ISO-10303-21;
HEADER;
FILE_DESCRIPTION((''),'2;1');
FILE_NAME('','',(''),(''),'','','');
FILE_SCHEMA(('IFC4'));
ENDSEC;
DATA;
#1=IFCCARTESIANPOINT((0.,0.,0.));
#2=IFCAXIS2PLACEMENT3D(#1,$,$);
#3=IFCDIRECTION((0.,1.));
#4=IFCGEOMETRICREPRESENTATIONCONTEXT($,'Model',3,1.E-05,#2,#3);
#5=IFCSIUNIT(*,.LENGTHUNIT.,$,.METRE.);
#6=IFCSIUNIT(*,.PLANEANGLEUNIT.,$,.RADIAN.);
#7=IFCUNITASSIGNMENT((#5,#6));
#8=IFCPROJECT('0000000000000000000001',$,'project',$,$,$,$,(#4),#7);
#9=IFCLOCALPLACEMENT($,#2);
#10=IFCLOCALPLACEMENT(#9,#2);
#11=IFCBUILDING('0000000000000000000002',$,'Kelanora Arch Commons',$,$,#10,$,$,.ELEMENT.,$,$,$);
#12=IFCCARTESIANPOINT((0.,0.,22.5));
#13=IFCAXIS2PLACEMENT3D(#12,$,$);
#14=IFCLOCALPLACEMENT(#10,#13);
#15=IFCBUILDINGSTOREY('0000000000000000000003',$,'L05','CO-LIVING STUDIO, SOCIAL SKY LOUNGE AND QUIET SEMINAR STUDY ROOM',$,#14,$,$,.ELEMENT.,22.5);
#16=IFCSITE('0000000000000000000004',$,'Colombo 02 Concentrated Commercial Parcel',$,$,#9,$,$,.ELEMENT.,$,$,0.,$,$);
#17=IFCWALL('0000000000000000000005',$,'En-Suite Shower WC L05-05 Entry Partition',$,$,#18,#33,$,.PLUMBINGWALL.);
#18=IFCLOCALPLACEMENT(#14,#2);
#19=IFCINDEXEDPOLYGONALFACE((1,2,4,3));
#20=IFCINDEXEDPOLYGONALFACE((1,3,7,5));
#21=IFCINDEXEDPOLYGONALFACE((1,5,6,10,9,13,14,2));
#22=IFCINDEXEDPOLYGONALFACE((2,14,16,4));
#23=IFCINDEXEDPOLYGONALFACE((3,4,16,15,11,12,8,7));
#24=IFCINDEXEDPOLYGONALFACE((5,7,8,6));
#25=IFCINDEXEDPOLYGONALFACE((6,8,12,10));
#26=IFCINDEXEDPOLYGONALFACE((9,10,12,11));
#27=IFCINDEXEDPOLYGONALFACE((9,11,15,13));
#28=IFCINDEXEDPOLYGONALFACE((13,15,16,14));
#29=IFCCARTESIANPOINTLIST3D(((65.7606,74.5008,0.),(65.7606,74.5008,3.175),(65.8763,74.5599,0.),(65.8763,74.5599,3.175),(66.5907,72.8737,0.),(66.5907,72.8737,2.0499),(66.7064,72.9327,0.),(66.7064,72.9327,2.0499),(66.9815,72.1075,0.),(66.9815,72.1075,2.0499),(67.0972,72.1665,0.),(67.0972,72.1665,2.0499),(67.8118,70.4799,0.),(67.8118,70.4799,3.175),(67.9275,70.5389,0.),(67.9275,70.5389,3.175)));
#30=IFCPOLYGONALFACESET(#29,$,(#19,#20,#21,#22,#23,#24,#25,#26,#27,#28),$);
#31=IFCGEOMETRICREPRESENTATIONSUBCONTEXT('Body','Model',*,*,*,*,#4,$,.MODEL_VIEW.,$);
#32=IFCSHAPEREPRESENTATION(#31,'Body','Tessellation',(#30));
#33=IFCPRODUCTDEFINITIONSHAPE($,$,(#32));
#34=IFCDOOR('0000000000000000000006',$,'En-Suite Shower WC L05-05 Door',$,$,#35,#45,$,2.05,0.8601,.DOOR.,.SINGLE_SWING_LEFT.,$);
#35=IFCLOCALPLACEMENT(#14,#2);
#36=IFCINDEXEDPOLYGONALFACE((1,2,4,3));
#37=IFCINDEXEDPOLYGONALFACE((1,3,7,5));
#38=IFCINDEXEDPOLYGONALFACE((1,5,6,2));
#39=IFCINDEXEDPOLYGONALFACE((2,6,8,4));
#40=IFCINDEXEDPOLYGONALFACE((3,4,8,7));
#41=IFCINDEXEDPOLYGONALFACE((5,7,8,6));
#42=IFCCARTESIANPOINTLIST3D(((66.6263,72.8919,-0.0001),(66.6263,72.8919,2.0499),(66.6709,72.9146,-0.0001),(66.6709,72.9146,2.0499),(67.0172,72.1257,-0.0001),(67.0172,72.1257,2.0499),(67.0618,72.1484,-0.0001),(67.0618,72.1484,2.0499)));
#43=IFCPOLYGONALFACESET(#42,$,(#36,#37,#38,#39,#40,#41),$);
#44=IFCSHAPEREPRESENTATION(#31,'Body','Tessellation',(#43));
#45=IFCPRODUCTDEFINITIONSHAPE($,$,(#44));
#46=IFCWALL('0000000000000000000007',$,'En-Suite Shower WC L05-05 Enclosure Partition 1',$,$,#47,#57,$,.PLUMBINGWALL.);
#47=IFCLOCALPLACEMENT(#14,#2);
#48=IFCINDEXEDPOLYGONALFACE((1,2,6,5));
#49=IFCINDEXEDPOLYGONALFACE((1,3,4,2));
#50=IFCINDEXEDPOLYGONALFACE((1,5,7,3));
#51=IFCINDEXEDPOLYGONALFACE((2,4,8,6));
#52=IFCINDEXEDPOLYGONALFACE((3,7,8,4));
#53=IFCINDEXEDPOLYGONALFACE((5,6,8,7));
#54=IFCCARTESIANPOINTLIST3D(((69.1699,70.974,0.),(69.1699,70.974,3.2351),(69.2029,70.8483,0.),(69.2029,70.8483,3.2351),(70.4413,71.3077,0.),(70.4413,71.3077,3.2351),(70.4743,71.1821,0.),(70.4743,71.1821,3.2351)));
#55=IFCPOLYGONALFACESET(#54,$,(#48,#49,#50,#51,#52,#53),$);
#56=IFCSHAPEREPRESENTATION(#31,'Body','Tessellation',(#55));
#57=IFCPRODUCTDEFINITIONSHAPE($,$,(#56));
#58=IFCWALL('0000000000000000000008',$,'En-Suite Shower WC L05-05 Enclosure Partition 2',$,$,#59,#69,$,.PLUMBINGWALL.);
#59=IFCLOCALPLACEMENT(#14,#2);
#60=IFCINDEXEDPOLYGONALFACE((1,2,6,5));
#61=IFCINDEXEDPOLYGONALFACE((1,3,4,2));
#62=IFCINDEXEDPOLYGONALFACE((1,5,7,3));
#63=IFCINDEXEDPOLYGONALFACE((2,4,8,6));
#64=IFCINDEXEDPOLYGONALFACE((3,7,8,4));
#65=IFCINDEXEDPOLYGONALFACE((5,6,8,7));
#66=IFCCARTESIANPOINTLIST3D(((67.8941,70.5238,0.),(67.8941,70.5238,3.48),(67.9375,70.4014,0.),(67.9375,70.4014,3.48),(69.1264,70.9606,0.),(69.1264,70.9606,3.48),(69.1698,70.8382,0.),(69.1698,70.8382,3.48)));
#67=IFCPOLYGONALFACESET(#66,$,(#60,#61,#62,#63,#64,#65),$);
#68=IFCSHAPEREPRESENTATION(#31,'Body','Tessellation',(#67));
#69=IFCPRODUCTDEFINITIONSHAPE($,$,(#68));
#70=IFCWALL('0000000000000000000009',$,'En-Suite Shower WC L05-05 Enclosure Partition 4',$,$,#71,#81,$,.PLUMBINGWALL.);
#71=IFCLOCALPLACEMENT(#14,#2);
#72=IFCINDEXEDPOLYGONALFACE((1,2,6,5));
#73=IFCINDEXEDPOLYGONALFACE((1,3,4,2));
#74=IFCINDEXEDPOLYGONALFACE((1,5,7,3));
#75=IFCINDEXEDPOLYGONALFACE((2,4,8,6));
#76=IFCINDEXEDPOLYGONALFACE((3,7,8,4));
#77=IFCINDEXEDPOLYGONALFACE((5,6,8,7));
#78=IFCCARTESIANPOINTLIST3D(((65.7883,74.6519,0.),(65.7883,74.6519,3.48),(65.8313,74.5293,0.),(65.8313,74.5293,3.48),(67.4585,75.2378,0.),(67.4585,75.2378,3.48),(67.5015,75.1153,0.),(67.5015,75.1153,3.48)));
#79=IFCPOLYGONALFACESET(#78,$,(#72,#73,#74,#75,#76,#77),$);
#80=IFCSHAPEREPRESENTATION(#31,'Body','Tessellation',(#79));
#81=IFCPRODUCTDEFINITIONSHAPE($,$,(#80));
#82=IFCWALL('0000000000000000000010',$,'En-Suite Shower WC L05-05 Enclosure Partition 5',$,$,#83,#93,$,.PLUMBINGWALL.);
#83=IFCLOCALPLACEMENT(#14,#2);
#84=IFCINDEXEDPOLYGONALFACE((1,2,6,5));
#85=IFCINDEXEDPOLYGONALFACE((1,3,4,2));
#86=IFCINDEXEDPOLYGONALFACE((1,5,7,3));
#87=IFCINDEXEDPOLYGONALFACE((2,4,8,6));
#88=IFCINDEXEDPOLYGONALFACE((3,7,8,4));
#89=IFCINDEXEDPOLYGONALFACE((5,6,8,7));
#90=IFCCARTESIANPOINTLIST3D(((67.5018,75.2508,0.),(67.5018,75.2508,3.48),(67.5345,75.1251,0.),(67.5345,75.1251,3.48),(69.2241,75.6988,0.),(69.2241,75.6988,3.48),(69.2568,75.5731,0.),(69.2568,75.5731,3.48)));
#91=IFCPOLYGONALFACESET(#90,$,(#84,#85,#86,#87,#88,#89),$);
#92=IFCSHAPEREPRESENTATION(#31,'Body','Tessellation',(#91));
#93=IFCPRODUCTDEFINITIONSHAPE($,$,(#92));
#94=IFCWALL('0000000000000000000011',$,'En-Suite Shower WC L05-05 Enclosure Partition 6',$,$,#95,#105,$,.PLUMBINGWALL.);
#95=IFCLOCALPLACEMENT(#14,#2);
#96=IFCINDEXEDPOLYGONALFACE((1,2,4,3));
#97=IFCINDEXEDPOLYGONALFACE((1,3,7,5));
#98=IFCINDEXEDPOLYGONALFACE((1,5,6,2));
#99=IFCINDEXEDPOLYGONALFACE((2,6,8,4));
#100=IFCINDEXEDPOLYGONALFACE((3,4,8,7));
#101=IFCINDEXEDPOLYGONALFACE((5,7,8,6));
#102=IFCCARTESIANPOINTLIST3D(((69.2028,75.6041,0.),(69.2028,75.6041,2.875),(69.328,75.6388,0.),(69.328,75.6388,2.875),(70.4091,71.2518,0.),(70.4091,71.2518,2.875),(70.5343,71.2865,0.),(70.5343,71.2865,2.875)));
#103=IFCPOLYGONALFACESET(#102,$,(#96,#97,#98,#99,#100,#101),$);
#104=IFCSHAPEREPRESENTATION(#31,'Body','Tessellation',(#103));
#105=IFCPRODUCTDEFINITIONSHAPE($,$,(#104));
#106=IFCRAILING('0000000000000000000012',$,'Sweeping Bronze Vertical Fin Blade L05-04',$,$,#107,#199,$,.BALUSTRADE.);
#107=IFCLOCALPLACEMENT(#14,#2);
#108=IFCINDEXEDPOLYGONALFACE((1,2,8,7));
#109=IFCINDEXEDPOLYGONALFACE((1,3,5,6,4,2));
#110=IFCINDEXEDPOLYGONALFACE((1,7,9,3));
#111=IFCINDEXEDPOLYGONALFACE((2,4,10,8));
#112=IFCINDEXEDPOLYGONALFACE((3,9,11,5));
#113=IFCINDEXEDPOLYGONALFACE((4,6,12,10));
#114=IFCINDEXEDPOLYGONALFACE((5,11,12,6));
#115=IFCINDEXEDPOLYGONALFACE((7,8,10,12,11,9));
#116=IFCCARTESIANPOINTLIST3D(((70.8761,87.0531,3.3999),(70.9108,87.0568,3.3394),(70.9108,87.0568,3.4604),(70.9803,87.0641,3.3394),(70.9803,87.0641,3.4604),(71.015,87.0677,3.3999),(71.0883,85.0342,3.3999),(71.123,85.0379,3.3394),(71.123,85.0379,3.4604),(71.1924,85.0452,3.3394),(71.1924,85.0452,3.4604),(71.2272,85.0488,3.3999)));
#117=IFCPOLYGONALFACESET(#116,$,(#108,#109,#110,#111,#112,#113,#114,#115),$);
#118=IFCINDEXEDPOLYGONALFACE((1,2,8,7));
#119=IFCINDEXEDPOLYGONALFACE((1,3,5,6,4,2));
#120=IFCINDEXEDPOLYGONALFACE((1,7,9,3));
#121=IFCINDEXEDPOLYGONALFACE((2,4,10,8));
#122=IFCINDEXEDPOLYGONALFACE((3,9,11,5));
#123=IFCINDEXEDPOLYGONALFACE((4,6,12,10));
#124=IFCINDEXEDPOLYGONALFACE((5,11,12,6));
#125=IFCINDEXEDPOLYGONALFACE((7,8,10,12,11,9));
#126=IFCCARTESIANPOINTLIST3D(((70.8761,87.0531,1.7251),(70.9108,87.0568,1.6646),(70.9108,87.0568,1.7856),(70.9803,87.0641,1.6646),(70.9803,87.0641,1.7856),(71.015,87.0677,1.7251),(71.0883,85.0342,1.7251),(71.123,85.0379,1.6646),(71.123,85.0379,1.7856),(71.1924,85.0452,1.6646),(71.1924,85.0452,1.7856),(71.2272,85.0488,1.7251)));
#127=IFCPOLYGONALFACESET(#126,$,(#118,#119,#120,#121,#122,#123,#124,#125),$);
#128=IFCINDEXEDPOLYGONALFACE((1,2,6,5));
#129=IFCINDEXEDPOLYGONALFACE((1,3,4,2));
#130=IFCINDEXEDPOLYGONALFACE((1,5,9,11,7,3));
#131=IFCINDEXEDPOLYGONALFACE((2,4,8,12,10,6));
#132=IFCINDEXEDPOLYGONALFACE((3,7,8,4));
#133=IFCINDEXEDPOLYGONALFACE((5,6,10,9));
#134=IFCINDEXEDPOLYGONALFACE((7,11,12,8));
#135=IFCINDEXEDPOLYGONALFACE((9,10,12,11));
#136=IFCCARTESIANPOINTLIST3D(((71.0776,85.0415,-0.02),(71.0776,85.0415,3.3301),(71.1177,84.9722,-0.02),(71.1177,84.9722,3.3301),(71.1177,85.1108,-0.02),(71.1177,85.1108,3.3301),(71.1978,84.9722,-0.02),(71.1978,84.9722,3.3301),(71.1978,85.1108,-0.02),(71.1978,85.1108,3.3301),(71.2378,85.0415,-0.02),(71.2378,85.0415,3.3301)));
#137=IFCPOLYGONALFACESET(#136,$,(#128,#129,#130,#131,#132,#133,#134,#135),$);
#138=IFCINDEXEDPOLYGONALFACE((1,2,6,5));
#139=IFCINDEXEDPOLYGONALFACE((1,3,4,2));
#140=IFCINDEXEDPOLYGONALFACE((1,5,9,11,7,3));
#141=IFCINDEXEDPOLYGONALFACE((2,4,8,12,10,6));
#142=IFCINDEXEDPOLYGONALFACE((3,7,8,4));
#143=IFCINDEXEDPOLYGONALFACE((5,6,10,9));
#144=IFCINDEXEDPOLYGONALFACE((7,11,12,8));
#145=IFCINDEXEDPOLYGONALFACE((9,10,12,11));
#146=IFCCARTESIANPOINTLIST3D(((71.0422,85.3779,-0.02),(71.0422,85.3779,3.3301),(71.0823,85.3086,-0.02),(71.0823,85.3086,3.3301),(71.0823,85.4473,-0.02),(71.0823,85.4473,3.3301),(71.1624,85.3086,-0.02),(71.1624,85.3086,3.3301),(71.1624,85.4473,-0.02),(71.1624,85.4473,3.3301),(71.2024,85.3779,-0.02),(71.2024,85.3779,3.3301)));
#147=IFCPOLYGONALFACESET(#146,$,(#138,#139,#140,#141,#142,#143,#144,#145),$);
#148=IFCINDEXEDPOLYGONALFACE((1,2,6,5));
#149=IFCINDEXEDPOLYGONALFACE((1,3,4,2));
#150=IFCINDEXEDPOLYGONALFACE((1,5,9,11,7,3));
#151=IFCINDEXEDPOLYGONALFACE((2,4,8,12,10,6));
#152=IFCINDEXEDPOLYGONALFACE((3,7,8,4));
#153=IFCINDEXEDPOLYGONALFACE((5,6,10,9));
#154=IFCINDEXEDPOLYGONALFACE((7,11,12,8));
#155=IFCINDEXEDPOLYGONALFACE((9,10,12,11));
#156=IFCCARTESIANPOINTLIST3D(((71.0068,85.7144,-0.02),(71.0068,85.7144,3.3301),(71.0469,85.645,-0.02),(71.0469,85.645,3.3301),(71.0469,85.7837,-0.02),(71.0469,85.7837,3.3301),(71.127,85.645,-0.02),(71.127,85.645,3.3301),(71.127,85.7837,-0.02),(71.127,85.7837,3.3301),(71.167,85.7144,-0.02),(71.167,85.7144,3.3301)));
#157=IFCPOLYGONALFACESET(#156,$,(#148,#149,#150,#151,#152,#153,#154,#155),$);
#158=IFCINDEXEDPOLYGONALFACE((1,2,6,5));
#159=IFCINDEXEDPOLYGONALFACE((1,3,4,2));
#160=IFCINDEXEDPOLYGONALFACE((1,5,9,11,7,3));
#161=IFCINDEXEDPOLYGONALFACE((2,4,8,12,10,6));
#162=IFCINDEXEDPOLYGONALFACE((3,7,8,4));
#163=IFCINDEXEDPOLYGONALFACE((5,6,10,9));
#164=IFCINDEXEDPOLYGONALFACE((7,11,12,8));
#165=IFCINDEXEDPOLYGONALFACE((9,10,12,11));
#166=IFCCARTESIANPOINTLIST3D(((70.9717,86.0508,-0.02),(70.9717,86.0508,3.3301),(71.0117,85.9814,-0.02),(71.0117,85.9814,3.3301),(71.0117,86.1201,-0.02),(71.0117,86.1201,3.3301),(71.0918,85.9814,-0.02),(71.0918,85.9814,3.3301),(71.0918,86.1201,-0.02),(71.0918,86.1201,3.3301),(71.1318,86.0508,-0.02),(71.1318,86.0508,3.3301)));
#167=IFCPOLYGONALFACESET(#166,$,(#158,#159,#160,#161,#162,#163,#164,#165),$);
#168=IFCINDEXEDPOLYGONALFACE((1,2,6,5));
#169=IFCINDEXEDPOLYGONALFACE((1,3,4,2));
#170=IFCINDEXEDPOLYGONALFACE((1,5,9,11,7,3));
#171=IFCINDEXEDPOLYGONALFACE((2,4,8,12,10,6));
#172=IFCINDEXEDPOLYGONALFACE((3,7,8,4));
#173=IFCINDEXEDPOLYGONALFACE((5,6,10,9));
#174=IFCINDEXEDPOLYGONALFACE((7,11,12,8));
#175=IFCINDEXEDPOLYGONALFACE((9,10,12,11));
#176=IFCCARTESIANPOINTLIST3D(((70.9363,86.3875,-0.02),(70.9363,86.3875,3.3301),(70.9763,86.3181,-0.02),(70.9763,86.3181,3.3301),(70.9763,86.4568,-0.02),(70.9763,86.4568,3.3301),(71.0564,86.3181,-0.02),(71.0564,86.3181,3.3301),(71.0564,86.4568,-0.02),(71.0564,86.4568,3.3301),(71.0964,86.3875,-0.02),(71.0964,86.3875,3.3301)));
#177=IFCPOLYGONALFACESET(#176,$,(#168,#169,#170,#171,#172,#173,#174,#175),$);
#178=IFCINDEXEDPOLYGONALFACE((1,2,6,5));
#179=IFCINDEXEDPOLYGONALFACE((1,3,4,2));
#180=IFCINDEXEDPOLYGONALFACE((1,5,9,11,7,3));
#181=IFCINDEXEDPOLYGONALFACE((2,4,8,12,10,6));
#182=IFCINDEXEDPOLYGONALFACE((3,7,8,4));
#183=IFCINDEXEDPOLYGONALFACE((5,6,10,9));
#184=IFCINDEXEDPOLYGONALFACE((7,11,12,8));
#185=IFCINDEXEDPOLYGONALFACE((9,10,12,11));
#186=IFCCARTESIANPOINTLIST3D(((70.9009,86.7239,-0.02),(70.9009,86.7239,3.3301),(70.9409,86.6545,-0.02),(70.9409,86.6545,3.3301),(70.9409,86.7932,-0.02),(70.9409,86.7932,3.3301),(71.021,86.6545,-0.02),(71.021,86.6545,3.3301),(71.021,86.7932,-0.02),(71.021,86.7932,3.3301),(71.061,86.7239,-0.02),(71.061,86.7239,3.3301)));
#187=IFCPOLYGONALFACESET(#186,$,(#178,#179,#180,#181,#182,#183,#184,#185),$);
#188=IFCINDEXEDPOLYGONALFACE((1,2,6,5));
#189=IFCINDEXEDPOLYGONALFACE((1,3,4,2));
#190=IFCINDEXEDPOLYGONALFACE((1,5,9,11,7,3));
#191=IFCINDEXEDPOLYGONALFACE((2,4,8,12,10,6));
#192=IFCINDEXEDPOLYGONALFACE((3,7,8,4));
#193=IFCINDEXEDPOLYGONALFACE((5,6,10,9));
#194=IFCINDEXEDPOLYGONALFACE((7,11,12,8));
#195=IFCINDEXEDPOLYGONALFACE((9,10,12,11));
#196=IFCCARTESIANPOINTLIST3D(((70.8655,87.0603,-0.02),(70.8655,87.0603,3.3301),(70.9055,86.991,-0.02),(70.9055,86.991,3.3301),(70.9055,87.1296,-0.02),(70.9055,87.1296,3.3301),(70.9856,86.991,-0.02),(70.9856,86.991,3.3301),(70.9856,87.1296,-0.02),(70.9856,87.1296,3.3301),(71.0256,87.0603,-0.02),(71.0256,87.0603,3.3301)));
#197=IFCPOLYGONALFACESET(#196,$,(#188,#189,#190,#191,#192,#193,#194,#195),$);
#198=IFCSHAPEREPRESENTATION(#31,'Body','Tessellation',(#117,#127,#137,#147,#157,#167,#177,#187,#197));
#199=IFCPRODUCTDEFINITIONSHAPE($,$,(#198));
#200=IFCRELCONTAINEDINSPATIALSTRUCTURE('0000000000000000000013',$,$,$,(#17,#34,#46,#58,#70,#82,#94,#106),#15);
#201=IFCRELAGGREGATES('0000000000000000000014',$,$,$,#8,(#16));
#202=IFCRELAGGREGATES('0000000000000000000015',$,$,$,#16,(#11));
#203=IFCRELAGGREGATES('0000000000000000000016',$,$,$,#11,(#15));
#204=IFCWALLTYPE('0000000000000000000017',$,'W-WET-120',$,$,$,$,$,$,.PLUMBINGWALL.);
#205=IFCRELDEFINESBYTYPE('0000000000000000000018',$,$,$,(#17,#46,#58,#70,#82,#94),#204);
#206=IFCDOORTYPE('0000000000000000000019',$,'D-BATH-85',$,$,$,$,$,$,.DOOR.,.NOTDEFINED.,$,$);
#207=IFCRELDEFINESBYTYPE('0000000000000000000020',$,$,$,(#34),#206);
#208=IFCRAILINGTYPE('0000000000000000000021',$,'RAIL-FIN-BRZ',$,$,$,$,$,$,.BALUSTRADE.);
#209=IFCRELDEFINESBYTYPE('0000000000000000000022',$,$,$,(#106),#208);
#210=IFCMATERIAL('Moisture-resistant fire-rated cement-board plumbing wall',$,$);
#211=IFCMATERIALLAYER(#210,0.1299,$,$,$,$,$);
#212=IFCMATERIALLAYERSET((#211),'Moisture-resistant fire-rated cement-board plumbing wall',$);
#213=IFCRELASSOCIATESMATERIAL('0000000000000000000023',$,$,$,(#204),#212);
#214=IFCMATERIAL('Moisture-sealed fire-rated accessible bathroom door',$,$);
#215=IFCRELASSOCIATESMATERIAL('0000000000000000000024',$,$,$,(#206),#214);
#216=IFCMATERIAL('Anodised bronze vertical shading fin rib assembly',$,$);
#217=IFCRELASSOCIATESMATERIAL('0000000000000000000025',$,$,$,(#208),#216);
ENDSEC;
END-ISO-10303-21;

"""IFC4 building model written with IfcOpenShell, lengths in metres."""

from ifc_helpers import new_model, si_unit, direction, frame, frame_2d, origin, place, context, subcontext, project, spatial, polyline, rectangle, outline, extrude, material, layer, layer_set, type_object, element, fill, save


model = new_model("IFC4")

# Units and contexts
model_context = context("Model", 3, precision=1e-05, world=origin(), true_north=direction((0.0, 1.0)))
body_context = subcontext(model_context, "Body", "Model", "MODEL_VIEW")
ifc_project = project(units=[si_unit("LENGTHUNIT", "METRE"), si_unit("PLANEANGLEUNIT", "RADIAN")], contexts=[model_context])

# Site, building, storey
site_placement = place(None, origin())
site = spatial("IfcSite", under=ifc_project, at=site_placement, Name="Colombo 02 Concentrated Commercial Parcel", CompositionType="ELEMENT", RefElevation=0.0)
building_placement = place(site_placement, origin())
building = spatial("IfcBuilding", under=site, at=building_placement, Name="Kelanora Arch Commons", CompositionType="ELEMENT")
storey_placement = place(building_placement, frame((0.0, 0.0, 22.5)))
storey = spatial("IfcBuildingStorey", under=building, at=storey_placement, Name="L05", Description="CO-LIVING STUDIO, SOCIAL SKY LOUNGE AND QUIET SEMINAR STUDY ROOM", CompositionType="ELEMENT", Elevation=22.5)

# Wall, opening, door
ifc_material_1 = material(Name="Moisture-resistant fire-rated cement-board plumbing wall")
ifc_layer_1 = layer(ifc_material_1, 0.1299)
ifc_layer_set_1 = layer_set([ifc_layer_1], Name="Moisture-resistant fire-rated cement-board plumbing wall")
wall_type_1 = type_object("IfcWallType", Name="W-WET-120", PredefinedType="PLUMBINGWALL", material=ifc_layer_set_1)
wall_1_placement = place(storey_placement, frame((67.8696, 70.5095, 0.0), z_axis=(0.0, 0.0, 1.0), x_axis=(-0.454425, 0.890785, 0.0)))
wall_1 = element("IfcWall", 1, at=wall_1_placement, inside=storey, type_object=wall_type_1, Name="En-Suite Shower WC L05-05 Entry Partition", PredefinedType="PLUMBINGWALL", context=body_context, shape_type="SweptSolid", body=[
    extrude(rectangle(XDim=4.5139, YDim=0.1299, at=frame_2d((2.2568, 0.0))), origin(), (0.0, 0.0, 1.0), 3.175),
])
opening_1_placement = place(wall_1_placement, frame((1.8269, 0.0, 0.0)))
opening_1 = element("IfcOpeningElement", 2, at=opening_1_placement, cuts=wall_1, PredefinedType="OPENING", context=body_context, shape_type="SweptSolid", body=[
    extrude(rectangle(XDim=0.8601, YDim=2.05, at=frame_2d((0.4302, 1.0249))), frame((0.0, 0.075, 0.0), z_axis=(0.0, -1.0, 0.0), x_axis=(1.0, 0.0, 0.0)), (0.0, 0.0, 1.0), 0.1499),
])
ifc_material_2 = material(Name="Moisture-sealed fire-rated accessible bathroom door")
door_type_1 = type_object("IfcDoorType", Name="D-BATH-85", OperationType="NOTDEFINED", PredefinedType="DOOR", material=ifc_material_2)
door_1_placement = place(opening_1_placement, origin())
door_1 = element("IfcDoor", 3, at=door_1_placement, inside=storey, type_object=door_type_1, Name="En-Suite Shower WC L05-05 Door", OperationType="SINGLE_SWING_LEFT", OverallHeight=2.05, OverallWidth=0.8601, PredefinedType="DOOR", context=body_context, shape_type="SweptSolid", body=[
    extrude(rectangle(XDim=0.8601, YDim=2.05, at=frame_2d((0.4302, 1.0249))), frame((0.0, 0.0249, 0.0), z_axis=(0.0, -1.0, 0.0), x_axis=(1.0, 0.0, 0.0)), (0.0, 0.0, 1.0), 0.05),
])
fill(opening_1, door_1)

# Walls
wall_2_placement = place(storey_placement, frame((70.4578, 71.2449, 0.0), z_axis=(0.0, 0.0, 1.0), x_axis=(-0.967236, -0.253881, 0.0)))
element("IfcWall", 4, at=wall_2_placement, inside=storey, type_object=wall_type_1, Name="En-Suite Shower WC L05-05 Enclosure Partition 1", PredefinedType="PLUMBINGWALL", context=body_context, shape_type="SweptSolid", body=[
    extrude(rectangle(XDim=1.3145, YDim=0.1299, at=frame_2d((0.6572, 0.0))), origin(), (0.0, 0.0, 1.0), 3.2351),
])
wall_3_placement = place(storey_placement, frame((69.1482, 70.8994, 0.0), z_axis=(0.0, 0.0, 1.0), x_axis=(-0.942538, -0.334099, 0.0)))
element("IfcWall", 5, at=wall_3_placement, inside=storey, type_object=wall_type_1, Name="En-Suite Shower WC L05-05 Enclosure Partition 2", PredefinedType="PLUMBINGWALL", context=body_context, shape_type="SweptSolid", body=[
    extrude(rectangle(XDim=1.3074, YDim=0.1299, at=frame_2d((0.6538, 0.0))), origin(), (0.0, 0.0, 1.0), 3.48),
])
wall_4_placement = place(storey_placement, frame((65.8098, 74.5906, 0.0), z_axis=(0.0, 0.0, 1.0), x_axis=(0.943615, 0.331045, 0.0)))
element("IfcWall", 6, at=wall_4_placement, inside=storey, type_object=wall_type_1, Name="En-Suite Shower WC L05-05 Enclosure Partition 4", PredefinedType="PLUMBINGWALL", context=body_context, shape_type="SweptSolid", body=[
    extrude(rectangle(XDim=1.77, YDim=0.1299, at=frame_2d((0.885, 0.0))), origin(), (0.0, 0.0, 1.0), 3.48),
])
wall_5_placement = place(storey_placement, frame((67.5183, 75.188, 0.0), z_axis=(0.0, 0.0, 1.0), x_axis=(0.96779, 0.251757, 0.0)))
element("IfcWall", 7, at=wall_5_placement, inside=storey, type_object=wall_type_1, Name="En-Suite Shower WC L05-05 Enclosure Partition 5", PredefinedType="PLUMBINGWALL", context=body_context, shape_type="SweptSolid", body=[
    extrude(rectangle(XDim=1.7795, YDim=0.1299, at=frame_2d((0.8896, 0.0))), origin(), (0.0, 0.0, 1.0), 3.48),
])
wall_6_placement = place(storey_placement, frame((69.2654, 75.6216, 0.0), z_axis=(0.0, 0.0, 1.0), x_axis=(0.267095, -0.96367, 0.0)))
element("IfcWall", 8, at=wall_6_placement, inside=storey, type_object=wall_type_1, Name="En-Suite Shower WC L05-05 Enclosure Partition 6", PredefinedType="PLUMBINGWALL", context=body_context, shape_type="SweptSolid", body=[
    extrude(rectangle(XDim=4.5164, YDim=0.1299, at=frame_2d((2.2583, 0.0))), origin(), (0.0, 0.0, 1.0), 2.875),
])

# Railing
ifc_material_3 = material(Name="Anodised bronze vertical shading fin rib assembly")
railing_type = type_object("IfcRailingType", Name="RAIL-FIN-BRZ", PredefinedType="BALUSTRADE", material=ifc_material_3)
railing_placement = place(storey_placement, frame((71.1577, 85.0415, -0.02)))
element("IfcRailing", 9, at=railing_placement, inside=storey, type_object=railing_type, Name="Sweeping Bronze Vertical Fin Blade L05-04", PredefinedType="BALUSTRADE", context=body_context, shape_type="SweptSolid", body=[
    extrude(outline(polyline([(0.0698, 0.0), (0.0349, 0.0605), (-0.0349, 0.0605), (-0.0698, 0.0), (-0.0349, -0.0605), (0.0349, -0.0605), (0.0698, 0.0)])), frame((0.0, 0.0, 3.4199), z_axis=(-0.104516, 0.994523, 0.0), x_axis=(-0.994523, -0.104516, 0.0)), (0.0, 0.0, 1.0), 2.03),
    extrude(outline(polyline([(0.0698, 0.0), (0.0349, 0.0605), (-0.0349, 0.0605), (-0.0698, 0.0), (-0.0349, -0.0605), (0.0349, -0.0605), (0.0698, 0.0)])), frame((0.0, 0.0, 1.7451), z_axis=(-0.104516, 0.994523, 0.0), x_axis=(-0.994523, -0.104516, 0.0)), (0.0, 0.0, 1.0), 2.03),
    extrude(outline(polyline([(0.0801, 0.0), (0.04, 0.0693), (-0.04, 0.0693), (-0.0801, 0.0), (-0.04, -0.0693), (0.04, -0.0693), (0.0801, 0.0)])), origin(), (0.0, 0.0, 1.0), 3.3501),
    extrude(outline(polyline([(0.0801, 0.0), (0.04, 0.0693), (-0.04, 0.0693), (-0.0801, 0.0), (-0.04, -0.0693), (0.04, -0.0693), (0.0801, 0.0)])), frame((-0.0354, 0.3364, 0.0)), (0.0, 0.0, 1.0), 3.3501),
    extrude(outline(polyline([(0.0801, 0.0), (0.04, 0.0693), (-0.04, 0.0693), (-0.0801, 0.0), (-0.04, -0.0693), (0.04, -0.0693), (0.0801, 0.0)])), frame((-0.0708, 0.6729, 0.0)), (0.0, 0.0, 1.0), 3.3501),
    extrude(outline(polyline([(0.0801, 0.0), (0.04, 0.0693), (-0.04, 0.0693), (-0.0801, 0.0), (-0.04, -0.0693), (0.04, -0.0693), (0.0801, 0.0)])), frame((-0.106, 1.0093, 0.0)), (0.0, 0.0, 1.0), 3.3501),
    extrude(outline(polyline([(0.0801, 0.0), (0.04, 0.0693), (-0.04, 0.0693), (-0.0801, 0.0), (-0.04, -0.0693), (0.04, -0.0693), (0.0801, 0.0)])), frame((-0.1414, 1.3459, 0.0)), (0.0, 0.0, 1.0), 3.3501),
    extrude(outline(polyline([(0.0801, 0.0), (0.04, 0.0693), (-0.04, 0.0693), (-0.0801, 0.0), (-0.04, -0.0693), (0.04, -0.0693), (0.0801, 0.0)])), frame((-0.1768, 1.6824, 0.0)), (0.0, 0.0, 1.0), 3.3501),
    extrude(outline(polyline([(0.0801, 0.0), (0.04, 0.0693), (-0.04, 0.0693), (-0.0801, 0.0), (-0.04, -0.0693), (0.04, -0.0693), (0.0801, 0.0)])), frame((-0.2122, 2.0188, 0.0)), (0.0, 0.0, 1.0), 3.3501),
])

save(model, "model.ifc")
